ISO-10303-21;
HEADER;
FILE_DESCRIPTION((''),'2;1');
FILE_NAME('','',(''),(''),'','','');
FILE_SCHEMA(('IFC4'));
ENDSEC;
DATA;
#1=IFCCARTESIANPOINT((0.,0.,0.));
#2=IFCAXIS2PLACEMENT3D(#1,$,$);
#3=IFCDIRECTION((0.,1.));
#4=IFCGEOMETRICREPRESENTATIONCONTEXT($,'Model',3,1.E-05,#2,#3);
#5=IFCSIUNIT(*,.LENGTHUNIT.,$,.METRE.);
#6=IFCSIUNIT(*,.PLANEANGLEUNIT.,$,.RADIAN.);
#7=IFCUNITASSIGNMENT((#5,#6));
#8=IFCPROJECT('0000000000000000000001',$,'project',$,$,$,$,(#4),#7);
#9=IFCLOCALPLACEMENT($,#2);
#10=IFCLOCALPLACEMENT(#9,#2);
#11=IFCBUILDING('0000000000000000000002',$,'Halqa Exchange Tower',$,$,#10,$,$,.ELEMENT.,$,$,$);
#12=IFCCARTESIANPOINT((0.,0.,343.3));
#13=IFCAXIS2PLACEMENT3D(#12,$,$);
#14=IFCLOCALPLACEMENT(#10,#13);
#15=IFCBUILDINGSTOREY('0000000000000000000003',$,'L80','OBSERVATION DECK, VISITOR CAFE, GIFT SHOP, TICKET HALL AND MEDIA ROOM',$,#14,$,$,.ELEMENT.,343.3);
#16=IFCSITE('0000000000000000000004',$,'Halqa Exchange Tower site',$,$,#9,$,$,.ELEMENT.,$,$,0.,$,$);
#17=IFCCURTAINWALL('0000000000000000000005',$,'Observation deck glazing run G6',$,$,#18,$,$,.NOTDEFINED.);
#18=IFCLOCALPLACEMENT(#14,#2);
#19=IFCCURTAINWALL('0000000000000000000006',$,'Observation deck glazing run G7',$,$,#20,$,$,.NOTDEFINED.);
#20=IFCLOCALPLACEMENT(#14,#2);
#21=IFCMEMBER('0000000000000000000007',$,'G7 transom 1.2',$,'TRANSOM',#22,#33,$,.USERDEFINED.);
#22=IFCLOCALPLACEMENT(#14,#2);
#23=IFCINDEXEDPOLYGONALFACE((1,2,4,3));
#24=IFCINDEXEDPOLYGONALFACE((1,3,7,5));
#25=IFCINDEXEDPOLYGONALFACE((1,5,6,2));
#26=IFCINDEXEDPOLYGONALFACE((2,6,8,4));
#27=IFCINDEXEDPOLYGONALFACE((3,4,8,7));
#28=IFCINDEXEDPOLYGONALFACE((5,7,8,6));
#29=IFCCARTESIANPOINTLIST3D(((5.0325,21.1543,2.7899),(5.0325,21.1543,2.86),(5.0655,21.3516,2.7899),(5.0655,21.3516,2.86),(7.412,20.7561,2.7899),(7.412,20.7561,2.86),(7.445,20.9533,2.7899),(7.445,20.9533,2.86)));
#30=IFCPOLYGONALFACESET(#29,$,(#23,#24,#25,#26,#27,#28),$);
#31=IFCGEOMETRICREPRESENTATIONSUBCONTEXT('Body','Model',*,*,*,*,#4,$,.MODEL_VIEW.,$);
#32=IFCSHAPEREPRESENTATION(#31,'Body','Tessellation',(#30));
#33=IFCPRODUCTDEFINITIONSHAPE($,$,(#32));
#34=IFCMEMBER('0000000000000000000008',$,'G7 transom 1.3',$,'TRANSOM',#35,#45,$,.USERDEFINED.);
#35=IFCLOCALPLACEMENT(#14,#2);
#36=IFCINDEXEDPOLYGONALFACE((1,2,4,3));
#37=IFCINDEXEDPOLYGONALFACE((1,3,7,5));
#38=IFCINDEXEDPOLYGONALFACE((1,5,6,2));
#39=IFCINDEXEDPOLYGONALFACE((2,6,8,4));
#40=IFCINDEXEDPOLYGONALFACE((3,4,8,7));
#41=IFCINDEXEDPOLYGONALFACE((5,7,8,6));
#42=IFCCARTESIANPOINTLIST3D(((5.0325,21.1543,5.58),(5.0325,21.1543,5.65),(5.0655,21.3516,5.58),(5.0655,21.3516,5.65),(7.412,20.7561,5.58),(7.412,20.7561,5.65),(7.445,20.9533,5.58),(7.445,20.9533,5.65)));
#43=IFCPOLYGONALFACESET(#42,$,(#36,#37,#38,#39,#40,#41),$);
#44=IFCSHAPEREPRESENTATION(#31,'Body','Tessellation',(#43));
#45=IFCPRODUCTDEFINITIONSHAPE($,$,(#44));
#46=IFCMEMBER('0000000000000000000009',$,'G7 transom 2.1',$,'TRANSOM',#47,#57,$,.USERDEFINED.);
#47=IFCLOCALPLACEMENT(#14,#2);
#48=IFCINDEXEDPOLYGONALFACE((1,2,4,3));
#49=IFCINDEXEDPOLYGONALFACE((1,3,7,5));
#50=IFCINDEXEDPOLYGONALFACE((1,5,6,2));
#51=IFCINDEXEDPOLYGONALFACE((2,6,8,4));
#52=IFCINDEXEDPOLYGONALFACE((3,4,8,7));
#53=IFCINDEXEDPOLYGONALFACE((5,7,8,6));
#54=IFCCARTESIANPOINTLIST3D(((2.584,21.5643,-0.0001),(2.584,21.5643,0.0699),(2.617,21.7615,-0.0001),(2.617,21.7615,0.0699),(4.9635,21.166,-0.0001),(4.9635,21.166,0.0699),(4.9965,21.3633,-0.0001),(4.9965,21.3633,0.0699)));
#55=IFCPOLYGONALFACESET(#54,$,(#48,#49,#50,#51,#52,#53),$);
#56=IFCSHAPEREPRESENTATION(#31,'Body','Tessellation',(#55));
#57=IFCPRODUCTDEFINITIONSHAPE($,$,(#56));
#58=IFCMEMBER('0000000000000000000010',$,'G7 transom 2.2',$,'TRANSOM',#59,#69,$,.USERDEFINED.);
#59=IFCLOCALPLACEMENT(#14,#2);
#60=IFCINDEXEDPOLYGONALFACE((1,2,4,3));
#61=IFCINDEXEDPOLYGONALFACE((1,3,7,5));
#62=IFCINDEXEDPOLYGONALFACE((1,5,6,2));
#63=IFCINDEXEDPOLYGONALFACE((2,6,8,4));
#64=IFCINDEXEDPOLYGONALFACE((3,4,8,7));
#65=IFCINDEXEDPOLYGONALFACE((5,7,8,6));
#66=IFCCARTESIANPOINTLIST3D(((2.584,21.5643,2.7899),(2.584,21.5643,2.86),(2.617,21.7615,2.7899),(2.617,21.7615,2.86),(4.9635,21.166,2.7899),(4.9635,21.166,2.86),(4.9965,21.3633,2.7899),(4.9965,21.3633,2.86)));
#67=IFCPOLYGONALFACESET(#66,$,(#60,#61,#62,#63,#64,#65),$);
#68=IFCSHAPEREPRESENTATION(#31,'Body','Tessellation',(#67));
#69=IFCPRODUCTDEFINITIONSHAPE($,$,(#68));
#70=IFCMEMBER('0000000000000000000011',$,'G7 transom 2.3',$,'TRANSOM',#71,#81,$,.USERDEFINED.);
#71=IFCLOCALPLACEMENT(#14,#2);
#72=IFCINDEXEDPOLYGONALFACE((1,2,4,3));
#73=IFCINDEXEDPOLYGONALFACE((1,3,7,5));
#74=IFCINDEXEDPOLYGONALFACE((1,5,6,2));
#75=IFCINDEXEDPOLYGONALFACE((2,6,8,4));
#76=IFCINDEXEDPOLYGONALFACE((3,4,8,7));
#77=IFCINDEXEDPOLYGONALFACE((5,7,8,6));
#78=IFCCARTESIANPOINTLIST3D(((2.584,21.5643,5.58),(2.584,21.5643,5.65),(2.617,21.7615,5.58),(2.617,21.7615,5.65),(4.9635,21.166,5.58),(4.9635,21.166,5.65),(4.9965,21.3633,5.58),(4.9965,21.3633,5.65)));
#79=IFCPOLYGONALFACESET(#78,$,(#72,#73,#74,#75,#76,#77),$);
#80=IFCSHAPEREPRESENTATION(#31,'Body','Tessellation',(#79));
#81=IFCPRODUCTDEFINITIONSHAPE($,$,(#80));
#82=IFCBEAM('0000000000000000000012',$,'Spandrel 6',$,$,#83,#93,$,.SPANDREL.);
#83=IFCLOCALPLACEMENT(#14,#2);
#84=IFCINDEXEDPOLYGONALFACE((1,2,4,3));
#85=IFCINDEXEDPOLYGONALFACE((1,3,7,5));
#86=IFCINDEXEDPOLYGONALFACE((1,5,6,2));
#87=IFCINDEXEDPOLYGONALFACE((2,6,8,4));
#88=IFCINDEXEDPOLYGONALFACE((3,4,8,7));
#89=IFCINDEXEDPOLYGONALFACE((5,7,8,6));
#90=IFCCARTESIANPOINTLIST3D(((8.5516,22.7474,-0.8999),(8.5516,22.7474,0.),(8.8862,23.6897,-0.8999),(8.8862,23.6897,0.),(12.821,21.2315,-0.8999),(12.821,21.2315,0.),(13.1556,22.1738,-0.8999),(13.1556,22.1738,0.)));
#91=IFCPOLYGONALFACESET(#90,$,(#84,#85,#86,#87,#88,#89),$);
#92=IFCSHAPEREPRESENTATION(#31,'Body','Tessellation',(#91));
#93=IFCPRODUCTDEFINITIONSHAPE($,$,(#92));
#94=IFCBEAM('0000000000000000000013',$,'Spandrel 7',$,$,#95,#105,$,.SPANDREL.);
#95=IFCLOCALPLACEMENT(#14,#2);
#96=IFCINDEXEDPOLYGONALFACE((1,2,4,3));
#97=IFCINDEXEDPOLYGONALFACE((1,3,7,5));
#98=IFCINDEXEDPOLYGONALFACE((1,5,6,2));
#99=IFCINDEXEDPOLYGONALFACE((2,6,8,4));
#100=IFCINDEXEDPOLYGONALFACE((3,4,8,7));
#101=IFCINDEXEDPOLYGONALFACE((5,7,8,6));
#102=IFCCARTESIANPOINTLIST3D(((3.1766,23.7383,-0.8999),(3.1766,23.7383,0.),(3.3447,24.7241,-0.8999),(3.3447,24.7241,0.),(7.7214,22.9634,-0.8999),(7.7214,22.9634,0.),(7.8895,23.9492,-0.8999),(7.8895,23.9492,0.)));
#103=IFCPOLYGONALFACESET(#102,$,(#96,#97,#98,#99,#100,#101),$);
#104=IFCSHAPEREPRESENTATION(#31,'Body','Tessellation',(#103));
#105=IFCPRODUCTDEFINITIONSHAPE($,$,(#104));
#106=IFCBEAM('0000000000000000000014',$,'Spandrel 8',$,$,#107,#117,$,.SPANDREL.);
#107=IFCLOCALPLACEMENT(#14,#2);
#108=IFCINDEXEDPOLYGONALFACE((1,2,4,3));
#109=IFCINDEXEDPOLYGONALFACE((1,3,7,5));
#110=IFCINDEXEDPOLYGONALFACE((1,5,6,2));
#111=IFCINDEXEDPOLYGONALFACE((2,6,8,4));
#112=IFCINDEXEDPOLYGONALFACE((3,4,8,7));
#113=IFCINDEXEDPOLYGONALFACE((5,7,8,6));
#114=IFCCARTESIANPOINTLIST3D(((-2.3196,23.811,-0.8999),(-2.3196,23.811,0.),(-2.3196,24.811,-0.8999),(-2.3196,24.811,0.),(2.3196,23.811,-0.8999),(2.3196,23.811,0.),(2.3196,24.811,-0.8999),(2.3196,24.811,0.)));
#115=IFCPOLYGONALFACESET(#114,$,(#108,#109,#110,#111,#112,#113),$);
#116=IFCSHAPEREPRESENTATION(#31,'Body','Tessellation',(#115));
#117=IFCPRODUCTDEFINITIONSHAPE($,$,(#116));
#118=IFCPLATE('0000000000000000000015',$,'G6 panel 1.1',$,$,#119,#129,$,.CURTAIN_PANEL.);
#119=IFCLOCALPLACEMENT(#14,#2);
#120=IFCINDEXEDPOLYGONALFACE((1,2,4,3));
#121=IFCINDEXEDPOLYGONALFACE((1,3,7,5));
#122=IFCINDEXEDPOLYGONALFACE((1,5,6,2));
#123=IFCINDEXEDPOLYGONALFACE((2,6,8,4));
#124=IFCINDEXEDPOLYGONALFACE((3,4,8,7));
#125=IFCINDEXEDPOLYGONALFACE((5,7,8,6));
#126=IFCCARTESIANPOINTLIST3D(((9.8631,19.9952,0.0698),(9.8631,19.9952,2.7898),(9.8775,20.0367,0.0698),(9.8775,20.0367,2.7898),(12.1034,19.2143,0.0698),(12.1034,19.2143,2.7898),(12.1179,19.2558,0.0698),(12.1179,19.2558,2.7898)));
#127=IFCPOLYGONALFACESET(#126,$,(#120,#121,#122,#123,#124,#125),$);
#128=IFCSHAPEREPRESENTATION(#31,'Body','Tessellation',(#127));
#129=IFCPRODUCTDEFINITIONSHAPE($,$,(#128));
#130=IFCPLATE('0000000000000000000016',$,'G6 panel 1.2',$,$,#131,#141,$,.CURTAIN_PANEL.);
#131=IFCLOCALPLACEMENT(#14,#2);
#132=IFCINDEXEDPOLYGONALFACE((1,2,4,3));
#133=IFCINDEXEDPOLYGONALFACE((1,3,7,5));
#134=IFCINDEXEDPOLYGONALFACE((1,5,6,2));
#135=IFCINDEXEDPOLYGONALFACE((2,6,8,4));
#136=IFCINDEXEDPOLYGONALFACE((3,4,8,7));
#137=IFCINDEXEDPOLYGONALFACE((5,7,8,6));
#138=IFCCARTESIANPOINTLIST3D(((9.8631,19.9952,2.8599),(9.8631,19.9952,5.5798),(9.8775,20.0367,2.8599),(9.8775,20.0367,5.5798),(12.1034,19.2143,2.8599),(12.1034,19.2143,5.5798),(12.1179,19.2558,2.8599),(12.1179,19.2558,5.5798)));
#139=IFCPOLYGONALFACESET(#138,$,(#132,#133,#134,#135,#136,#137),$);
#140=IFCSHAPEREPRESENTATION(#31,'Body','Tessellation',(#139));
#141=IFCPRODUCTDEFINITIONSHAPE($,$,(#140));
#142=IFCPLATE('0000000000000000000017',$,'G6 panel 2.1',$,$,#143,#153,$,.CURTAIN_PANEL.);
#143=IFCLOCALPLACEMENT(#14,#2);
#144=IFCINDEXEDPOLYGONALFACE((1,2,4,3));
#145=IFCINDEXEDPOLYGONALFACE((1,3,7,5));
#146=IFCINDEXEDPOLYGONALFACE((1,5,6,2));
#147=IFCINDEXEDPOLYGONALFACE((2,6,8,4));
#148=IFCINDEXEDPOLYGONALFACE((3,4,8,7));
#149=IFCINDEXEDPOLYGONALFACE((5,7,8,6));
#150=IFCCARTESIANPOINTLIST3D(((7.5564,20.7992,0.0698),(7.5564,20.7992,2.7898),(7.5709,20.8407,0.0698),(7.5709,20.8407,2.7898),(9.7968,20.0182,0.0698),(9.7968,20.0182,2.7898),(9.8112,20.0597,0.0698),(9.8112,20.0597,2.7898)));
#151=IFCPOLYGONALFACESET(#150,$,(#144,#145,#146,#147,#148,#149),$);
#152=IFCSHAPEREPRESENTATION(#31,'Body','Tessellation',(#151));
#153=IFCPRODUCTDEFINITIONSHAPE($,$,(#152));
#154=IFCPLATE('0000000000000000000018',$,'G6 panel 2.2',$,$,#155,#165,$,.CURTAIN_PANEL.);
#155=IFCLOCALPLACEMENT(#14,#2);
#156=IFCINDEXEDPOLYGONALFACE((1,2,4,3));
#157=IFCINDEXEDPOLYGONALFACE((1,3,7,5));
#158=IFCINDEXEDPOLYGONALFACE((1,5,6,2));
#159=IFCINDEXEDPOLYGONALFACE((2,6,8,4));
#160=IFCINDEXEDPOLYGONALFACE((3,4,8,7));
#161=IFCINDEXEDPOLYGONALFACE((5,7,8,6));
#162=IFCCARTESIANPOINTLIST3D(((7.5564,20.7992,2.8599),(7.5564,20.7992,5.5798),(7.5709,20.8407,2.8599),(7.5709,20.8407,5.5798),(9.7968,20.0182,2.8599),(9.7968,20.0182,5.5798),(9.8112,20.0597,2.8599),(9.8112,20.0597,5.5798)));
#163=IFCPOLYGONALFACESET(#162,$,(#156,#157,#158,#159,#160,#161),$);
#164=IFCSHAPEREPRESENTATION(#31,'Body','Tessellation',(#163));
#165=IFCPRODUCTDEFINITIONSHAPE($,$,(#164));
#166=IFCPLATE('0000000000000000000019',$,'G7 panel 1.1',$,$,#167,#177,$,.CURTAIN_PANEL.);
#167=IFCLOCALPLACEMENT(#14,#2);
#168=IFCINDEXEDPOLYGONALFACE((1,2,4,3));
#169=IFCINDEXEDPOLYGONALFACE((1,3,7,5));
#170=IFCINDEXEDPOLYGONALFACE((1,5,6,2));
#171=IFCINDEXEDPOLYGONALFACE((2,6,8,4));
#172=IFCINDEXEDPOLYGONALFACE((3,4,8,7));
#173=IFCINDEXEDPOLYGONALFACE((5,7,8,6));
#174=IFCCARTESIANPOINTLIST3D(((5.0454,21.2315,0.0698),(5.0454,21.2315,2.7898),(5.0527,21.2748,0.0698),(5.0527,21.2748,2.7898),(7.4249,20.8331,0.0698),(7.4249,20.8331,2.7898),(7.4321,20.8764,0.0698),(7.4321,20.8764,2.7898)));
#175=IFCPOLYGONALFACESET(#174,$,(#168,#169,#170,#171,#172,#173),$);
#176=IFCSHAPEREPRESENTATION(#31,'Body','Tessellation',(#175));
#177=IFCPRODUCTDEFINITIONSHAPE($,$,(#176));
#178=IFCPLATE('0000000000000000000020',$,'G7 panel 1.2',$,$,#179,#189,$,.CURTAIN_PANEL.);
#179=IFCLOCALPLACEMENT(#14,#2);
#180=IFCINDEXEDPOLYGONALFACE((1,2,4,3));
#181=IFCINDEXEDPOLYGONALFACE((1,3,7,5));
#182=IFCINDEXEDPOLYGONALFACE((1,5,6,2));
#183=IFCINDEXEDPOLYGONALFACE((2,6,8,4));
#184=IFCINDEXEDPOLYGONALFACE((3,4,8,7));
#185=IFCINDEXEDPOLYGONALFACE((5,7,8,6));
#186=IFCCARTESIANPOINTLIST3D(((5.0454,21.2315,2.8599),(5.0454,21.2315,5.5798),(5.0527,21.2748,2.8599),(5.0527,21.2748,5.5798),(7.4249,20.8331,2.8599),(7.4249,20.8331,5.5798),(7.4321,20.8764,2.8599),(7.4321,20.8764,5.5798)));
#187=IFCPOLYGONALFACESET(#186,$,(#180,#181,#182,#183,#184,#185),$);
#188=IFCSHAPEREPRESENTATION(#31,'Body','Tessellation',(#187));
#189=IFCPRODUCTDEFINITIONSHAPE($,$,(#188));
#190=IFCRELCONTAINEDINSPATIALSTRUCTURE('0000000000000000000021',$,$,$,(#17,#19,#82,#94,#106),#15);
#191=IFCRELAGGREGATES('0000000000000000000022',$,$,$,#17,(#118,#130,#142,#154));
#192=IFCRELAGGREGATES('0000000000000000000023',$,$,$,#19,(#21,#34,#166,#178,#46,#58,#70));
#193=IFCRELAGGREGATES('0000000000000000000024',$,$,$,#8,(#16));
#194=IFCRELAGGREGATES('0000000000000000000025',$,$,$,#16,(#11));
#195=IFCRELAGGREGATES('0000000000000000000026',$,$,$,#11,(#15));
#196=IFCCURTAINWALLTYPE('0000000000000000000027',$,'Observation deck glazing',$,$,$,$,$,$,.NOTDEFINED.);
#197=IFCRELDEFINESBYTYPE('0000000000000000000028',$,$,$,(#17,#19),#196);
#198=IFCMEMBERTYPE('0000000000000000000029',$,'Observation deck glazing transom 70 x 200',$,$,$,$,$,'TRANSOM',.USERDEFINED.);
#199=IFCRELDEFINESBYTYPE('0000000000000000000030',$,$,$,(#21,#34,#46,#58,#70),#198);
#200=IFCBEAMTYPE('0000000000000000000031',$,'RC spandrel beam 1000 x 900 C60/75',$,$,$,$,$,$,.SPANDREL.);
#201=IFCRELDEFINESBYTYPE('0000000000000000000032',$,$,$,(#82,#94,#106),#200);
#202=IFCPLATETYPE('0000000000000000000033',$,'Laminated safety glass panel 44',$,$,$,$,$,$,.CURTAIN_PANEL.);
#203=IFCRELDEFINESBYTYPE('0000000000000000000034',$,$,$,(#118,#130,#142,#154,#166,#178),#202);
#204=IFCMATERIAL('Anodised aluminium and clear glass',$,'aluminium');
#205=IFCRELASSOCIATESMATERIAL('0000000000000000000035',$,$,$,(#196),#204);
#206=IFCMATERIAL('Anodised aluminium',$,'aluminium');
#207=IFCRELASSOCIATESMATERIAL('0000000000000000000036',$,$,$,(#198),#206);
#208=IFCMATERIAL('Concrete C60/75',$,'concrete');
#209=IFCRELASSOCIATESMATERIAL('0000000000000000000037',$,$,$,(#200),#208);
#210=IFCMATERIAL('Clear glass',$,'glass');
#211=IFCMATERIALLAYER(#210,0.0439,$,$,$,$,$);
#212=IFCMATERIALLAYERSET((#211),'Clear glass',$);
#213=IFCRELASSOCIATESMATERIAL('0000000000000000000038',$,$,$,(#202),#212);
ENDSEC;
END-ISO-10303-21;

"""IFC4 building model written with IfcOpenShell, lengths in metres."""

from ifc_helpers import new_model, si_unit, direction, frame, origin, origin_2d, place, context, subcontext, project, spatial, rectangle, extrude, material, layer, layer_set, material_profile, profile_set, type_object, element, aggregate, save


model = new_model("IFC4")

# Units and contexts
model_context = context("Model", 3, precision=1e-05, world=origin(), true_north=direction((0.0, 1.0)))
body_context = subcontext(model_context, "Body", "Model", "MODEL_VIEW")
ifc_project = project(units=[si_unit("LENGTHUNIT", "METRE"), si_unit("PLANEANGLEUNIT", "RADIAN")], contexts=[model_context])

# Site, building, storey
site_placement = place(None, origin())
site = spatial("IfcSite", under=ifc_project, at=site_placement, Name="Halqa Exchange Tower site", CompositionType="ELEMENT", RefElevation=0.0)
building_placement = place(site_placement, origin())
building = spatial("IfcBuilding", under=site, at=building_placement, Name="Halqa Exchange Tower", CompositionType="ELEMENT")
storey_placement = place(building_placement, frame((0.0, 0.0, 343.3)))
storey = spatial("IfcBuildingStorey", under=building, at=storey_placement, Name="L80", Description="OBSERVATION DECK, VISITOR CAFE, GIFT SHOP, TICKET HALL AND MEDIA ROOM", CompositionType="ELEMENT", Elevation=343.3)

# Curtain walls
ifc_material_1 = material(Name="Anodised aluminium and clear glass", Category="aluminium")
curtain_wall_type = type_object("IfcCurtainWallType", Name="Observation deck glazing", PredefinedType="NOTDEFINED", material=ifc_material_1)
curtain_wall_1_placement = place(storey_placement, origin())
curtain_wall_1 = element("IfcCurtainWall", 1, at=curtain_wall_1_placement, inside=storey, type_object=curtain_wall_type, Name="Observation deck glazing run G6", PredefinedType="NOTDEFINED")
ifc_material_2 = material(Name="Anodised aluminium", Category="aluminium")
curtain_wall_2_placement = place(storey_placement, origin())
curtain_wall_2 = element("IfcCurtainWall", 2, at=curtain_wall_2_placement, inside=storey, type_object=curtain_wall_type, Name="Observation deck glazing run G7", PredefinedType="NOTDEFINED")

# Members
ifc_material_profile_1 = material_profile(ifc_material_2, rectangle(XDim=0.2, YDim=0.0701, at=origin_2d()), Name="AL 70x200")
ifc_profile_set_1 = profile_set([ifc_material_profile_1], Name="Anodised aluminium")
member_type_1 = type_object("IfcMemberType", Name="Observation deck glazing transom 70 x 200", ElementType="TRANSOM", PredefinedType="USERDEFINED", material=ifc_profile_set_1)
member_1_placement = place(storey_placement, frame((7.4285, 20.8547, 2.825), z_axis=(-0.986284, 0.165055, 0.0), x_axis=(-0.165055, -0.986284, 0.0)))
member_1 = element("IfcMember", 3, at=member_1_placement, type_object=member_type_1, Name="G7 transom 1.2", ObjectType="TRANSOM", PredefinedType="USERDEFINED", context=body_context, shape_type="SweptSolid", body=[
    extrude(rectangle(XDim=0.2, YDim=0.0701, at=origin_2d()), origin(), (0.0, 0.0, 1.0), 2.4126),
])
member_2_placement = place(storey_placement, frame((7.4285, 20.8547, 5.615), z_axis=(-0.986284, 0.165055, 0.0), x_axis=(-0.165055, -0.986284, 0.0)))
member_2 = element("IfcMember", 4, at=member_2_placement, type_object=member_type_1, Name="G7 transom 1.3", ObjectType="TRANSOM", PredefinedType="USERDEFINED", context=body_context, shape_type="SweptSolid", body=[
    extrude(rectangle(XDim=0.2, YDim=0.0701, at=origin_2d()), origin(), (0.0, 0.0, 1.0), 2.4126),
])
member_3_placement = place(storey_placement, frame((4.98, 21.2646, 0.0349), z_axis=(-0.986284, 0.165055, 0.0), x_axis=(-0.165055, -0.986284, 0.0)))
member_3 = element("IfcMember", 5, at=member_3_placement, type_object=member_type_1, Name="G7 transom 2.1", ObjectType="TRANSOM", PredefinedType="USERDEFINED", context=body_context, shape_type="SweptSolid", body=[
    extrude(rectangle(XDim=0.2, YDim=0.0701, at=origin_2d()), origin(), (0.0, 0.0, 1.0), 2.4126),
])
member_4_placement = place(storey_placement, frame((4.98, 21.2646, 2.825), z_axis=(-0.986284, 0.165055, 0.0), x_axis=(-0.165055, -0.986284, 0.0)))
member_4 = element("IfcMember", 6, at=member_4_placement, type_object=member_type_1, Name="G7 transom 2.2", ObjectType="TRANSOM", PredefinedType="USERDEFINED", context=body_context, shape_type="SweptSolid", body=[
    extrude(rectangle(XDim=0.2, YDim=0.0701, at=origin_2d()), origin(), (0.0, 0.0, 1.0), 2.4126),
])
member_5_placement = place(storey_placement, frame((4.98, 21.2646, 5.615), z_axis=(-0.986284, 0.165055, 0.0), x_axis=(-0.165055, -0.986284, 0.0)))
member_5 = element("IfcMember", 7, at=member_5_placement, type_object=member_type_1, Name="G7 transom 2.3", ObjectType="TRANSOM", PredefinedType="USERDEFINED", context=body_context, shape_type="SweptSolid", body=[
    extrude(rectangle(XDim=0.2, YDim=0.0701, at=origin_2d()), origin(), (0.0, 0.0, 1.0), 2.4126),
])

# Beams
ifc_material_3 = material(Name="Concrete C60/75", Category="concrete")
ifc_material_profile_2 = material_profile(ifc_material_3, rectangle(XDim=1.0, YDim=0.8999, at=origin_2d()), Name="1000 x 900")
ifc_profile_set_2 = profile_set([ifc_material_profile_2], Name="Concrete C60/75")
beam_type = type_object("IfcBeamType", Name="RC spandrel beam 1000 x 900 C60/75", PredefinedType="SPANDREL", material=ifc_profile_set_2)
beam_1_placement = place(storey_placement, frame((12.9883, 21.7026, -0.45), z_axis=(-0.942361, 0.334598, 0.0), x_axis=(-0.334598, -0.942361, 0.0)))
element("IfcBeam", 8, at=beam_1_placement, inside=storey, type_object=beam_type, Name="Spandrel 6", PredefinedType="SPANDREL", context=body_context, shape_type="SweptSolid", body=[
    extrude(rectangle(XDim=1.0, YDim=0.8999, at=origin_2d()), origin(), (0.0, 0.0, 1.0), 4.5305),
])
beam_2_placement = place(storey_placement, frame((7.8054, 23.4563, -0.45), z_axis=(-0.985773, 0.168082, 0.0), x_axis=(-0.168082, -0.985773, 0.0)))
element("IfcBeam", 9, at=beam_2_placement, inside=storey, type_object=beam_type, Name="Spandrel 7", PredefinedType="SPANDREL", context=body_context, shape_type="SweptSolid", body=[
    extrude(rectangle(XDim=1.0, YDim=0.8999, at=origin_2d()), origin(), (0.0, 0.0, 1.0), 4.6104),
])
beam_3_placement = place(storey_placement, frame((2.3196, 24.311, -0.45), z_axis=(-1.0, 0.0, 0.0), x_axis=(0.0, -1.0, 0.0)))
element("IfcBeam", 10, at=beam_3_placement, inside=storey, type_object=beam_type, Name="Spandrel 8", PredefinedType="SPANDREL", context=body_context, shape_type="SweptSolid", body=[
    extrude(rectangle(XDim=1.0, YDim=0.8999, at=origin_2d()), origin(), (0.0, 0.0, 1.0), 4.6392),
])

# Plates
ifc_material_4 = material(Name="Clear glass", Category="glass")
ifc_layer_1 = layer(ifc_material_4, 0.0439)
ifc_layer_set_1 = layer_set([ifc_layer_1], Name="Clear glass")
plate_type = type_object("IfcPlateType", Name="Laminated safety glass panel 44", PredefinedType="CURTAIN_PANEL", material=ifc_layer_set_1)
plate_1_placement = place(storey_placement, frame((10.9905, 19.6255, 0.0698), z_axis=(0.0, 0.0, 1.0), x_axis=(-0.944274, 0.32916, 0.0)))
plate_1 = element("IfcPlate", 11, at=plate_1_placement, type_object=plate_type, Name="G6 panel 1.1", PredefinedType="CURTAIN_PANEL", context=body_context, shape_type="SweptSolid", body=[
    extrude(rectangle(XDim=2.3726, YDim=0.0439, at=origin_2d()), origin(), (0.0, 0.0, 1.0), 2.72),
])
plate_2_placement = place(storey_placement, frame((10.9905, 19.6255, 2.8599), z_axis=(0.0, 0.0, 1.0), x_axis=(-0.944274, 0.32916, 0.0)))
plate_2 = element("IfcPlate", 12, at=plate_2_placement, type_object=plate_type, Name="G6 panel 1.2", PredefinedType="CURTAIN_PANEL", context=body_context, shape_type="SweptSolid", body=[
    extrude(rectangle(XDim=2.3726, YDim=0.0439, at=origin_2d()), origin(), (0.0, 0.0, 1.0), 2.72),
])
plate_3_placement = place(storey_placement, frame((8.6838, 20.4294, 0.0698), z_axis=(0.0, 0.0, 1.0), x_axis=(-0.944274, 0.32916, 0.0)))
plate_3 = element("IfcPlate", 13, at=plate_3_placement, type_object=plate_type, Name="G6 panel 2.1", PredefinedType="CURTAIN_PANEL", context=body_context, shape_type="SweptSolid", body=[
    extrude(rectangle(XDim=2.3726, YDim=0.0439, at=origin_2d()), origin(), (0.0, 0.0, 1.0), 2.72),
])
plate_4_placement = place(storey_placement, frame((8.6838, 20.4294, 2.8599), z_axis=(0.0, 0.0, 1.0), x_axis=(-0.944274, 0.32916, 0.0)))
plate_4 = element("IfcPlate", 14, at=plate_4_placement, type_object=plate_type, Name="G6 panel 2.2", PredefinedType="CURTAIN_PANEL", context=body_context, shape_type="SweptSolid", body=[
    extrude(rectangle(XDim=2.3726, YDim=0.0439, at=origin_2d()), origin(), (0.0, 0.0, 1.0), 2.72),
])
aggregate(curtain_wall_1, [plate_1, plate_2, plate_3, plate_4])
plate_5_placement = place(storey_placement, frame((6.2388, 21.054, 0.0698), z_axis=(0.0, 0.0, 1.0), x_axis=(-0.986274, 0.165117, 0.0)))
plate_5 = element("IfcPlate", 15, at=plate_5_placement, type_object=plate_type, Name="G7 panel 1.1", PredefinedType="CURTAIN_PANEL", context=body_context, shape_type="SweptSolid", body=[
    extrude(rectangle(XDim=2.4126, YDim=0.0439, at=origin_2d()), origin(), (0.0, 0.0, 1.0), 2.72),
])
plate_6_placement = place(storey_placement, frame((6.2388, 21.054, 2.8599), z_axis=(0.0, 0.0, 1.0), x_axis=(-0.986274, 0.165117, 0.0)))
plate_6 = element("IfcPlate", 16, at=plate_6_placement, type_object=plate_type, Name="G7 panel 1.2", PredefinedType="CURTAIN_PANEL", context=body_context, shape_type="SweptSolid", body=[
    extrude(rectangle(XDim=2.4126, YDim=0.0439, at=origin_2d()), origin(), (0.0, 0.0, 1.0), 2.72),
])
aggregate(curtain_wall_2, [member_1, member_2, plate_5, plate_6, member_3, member_4, member_5])

save(model, "model.ifc")
